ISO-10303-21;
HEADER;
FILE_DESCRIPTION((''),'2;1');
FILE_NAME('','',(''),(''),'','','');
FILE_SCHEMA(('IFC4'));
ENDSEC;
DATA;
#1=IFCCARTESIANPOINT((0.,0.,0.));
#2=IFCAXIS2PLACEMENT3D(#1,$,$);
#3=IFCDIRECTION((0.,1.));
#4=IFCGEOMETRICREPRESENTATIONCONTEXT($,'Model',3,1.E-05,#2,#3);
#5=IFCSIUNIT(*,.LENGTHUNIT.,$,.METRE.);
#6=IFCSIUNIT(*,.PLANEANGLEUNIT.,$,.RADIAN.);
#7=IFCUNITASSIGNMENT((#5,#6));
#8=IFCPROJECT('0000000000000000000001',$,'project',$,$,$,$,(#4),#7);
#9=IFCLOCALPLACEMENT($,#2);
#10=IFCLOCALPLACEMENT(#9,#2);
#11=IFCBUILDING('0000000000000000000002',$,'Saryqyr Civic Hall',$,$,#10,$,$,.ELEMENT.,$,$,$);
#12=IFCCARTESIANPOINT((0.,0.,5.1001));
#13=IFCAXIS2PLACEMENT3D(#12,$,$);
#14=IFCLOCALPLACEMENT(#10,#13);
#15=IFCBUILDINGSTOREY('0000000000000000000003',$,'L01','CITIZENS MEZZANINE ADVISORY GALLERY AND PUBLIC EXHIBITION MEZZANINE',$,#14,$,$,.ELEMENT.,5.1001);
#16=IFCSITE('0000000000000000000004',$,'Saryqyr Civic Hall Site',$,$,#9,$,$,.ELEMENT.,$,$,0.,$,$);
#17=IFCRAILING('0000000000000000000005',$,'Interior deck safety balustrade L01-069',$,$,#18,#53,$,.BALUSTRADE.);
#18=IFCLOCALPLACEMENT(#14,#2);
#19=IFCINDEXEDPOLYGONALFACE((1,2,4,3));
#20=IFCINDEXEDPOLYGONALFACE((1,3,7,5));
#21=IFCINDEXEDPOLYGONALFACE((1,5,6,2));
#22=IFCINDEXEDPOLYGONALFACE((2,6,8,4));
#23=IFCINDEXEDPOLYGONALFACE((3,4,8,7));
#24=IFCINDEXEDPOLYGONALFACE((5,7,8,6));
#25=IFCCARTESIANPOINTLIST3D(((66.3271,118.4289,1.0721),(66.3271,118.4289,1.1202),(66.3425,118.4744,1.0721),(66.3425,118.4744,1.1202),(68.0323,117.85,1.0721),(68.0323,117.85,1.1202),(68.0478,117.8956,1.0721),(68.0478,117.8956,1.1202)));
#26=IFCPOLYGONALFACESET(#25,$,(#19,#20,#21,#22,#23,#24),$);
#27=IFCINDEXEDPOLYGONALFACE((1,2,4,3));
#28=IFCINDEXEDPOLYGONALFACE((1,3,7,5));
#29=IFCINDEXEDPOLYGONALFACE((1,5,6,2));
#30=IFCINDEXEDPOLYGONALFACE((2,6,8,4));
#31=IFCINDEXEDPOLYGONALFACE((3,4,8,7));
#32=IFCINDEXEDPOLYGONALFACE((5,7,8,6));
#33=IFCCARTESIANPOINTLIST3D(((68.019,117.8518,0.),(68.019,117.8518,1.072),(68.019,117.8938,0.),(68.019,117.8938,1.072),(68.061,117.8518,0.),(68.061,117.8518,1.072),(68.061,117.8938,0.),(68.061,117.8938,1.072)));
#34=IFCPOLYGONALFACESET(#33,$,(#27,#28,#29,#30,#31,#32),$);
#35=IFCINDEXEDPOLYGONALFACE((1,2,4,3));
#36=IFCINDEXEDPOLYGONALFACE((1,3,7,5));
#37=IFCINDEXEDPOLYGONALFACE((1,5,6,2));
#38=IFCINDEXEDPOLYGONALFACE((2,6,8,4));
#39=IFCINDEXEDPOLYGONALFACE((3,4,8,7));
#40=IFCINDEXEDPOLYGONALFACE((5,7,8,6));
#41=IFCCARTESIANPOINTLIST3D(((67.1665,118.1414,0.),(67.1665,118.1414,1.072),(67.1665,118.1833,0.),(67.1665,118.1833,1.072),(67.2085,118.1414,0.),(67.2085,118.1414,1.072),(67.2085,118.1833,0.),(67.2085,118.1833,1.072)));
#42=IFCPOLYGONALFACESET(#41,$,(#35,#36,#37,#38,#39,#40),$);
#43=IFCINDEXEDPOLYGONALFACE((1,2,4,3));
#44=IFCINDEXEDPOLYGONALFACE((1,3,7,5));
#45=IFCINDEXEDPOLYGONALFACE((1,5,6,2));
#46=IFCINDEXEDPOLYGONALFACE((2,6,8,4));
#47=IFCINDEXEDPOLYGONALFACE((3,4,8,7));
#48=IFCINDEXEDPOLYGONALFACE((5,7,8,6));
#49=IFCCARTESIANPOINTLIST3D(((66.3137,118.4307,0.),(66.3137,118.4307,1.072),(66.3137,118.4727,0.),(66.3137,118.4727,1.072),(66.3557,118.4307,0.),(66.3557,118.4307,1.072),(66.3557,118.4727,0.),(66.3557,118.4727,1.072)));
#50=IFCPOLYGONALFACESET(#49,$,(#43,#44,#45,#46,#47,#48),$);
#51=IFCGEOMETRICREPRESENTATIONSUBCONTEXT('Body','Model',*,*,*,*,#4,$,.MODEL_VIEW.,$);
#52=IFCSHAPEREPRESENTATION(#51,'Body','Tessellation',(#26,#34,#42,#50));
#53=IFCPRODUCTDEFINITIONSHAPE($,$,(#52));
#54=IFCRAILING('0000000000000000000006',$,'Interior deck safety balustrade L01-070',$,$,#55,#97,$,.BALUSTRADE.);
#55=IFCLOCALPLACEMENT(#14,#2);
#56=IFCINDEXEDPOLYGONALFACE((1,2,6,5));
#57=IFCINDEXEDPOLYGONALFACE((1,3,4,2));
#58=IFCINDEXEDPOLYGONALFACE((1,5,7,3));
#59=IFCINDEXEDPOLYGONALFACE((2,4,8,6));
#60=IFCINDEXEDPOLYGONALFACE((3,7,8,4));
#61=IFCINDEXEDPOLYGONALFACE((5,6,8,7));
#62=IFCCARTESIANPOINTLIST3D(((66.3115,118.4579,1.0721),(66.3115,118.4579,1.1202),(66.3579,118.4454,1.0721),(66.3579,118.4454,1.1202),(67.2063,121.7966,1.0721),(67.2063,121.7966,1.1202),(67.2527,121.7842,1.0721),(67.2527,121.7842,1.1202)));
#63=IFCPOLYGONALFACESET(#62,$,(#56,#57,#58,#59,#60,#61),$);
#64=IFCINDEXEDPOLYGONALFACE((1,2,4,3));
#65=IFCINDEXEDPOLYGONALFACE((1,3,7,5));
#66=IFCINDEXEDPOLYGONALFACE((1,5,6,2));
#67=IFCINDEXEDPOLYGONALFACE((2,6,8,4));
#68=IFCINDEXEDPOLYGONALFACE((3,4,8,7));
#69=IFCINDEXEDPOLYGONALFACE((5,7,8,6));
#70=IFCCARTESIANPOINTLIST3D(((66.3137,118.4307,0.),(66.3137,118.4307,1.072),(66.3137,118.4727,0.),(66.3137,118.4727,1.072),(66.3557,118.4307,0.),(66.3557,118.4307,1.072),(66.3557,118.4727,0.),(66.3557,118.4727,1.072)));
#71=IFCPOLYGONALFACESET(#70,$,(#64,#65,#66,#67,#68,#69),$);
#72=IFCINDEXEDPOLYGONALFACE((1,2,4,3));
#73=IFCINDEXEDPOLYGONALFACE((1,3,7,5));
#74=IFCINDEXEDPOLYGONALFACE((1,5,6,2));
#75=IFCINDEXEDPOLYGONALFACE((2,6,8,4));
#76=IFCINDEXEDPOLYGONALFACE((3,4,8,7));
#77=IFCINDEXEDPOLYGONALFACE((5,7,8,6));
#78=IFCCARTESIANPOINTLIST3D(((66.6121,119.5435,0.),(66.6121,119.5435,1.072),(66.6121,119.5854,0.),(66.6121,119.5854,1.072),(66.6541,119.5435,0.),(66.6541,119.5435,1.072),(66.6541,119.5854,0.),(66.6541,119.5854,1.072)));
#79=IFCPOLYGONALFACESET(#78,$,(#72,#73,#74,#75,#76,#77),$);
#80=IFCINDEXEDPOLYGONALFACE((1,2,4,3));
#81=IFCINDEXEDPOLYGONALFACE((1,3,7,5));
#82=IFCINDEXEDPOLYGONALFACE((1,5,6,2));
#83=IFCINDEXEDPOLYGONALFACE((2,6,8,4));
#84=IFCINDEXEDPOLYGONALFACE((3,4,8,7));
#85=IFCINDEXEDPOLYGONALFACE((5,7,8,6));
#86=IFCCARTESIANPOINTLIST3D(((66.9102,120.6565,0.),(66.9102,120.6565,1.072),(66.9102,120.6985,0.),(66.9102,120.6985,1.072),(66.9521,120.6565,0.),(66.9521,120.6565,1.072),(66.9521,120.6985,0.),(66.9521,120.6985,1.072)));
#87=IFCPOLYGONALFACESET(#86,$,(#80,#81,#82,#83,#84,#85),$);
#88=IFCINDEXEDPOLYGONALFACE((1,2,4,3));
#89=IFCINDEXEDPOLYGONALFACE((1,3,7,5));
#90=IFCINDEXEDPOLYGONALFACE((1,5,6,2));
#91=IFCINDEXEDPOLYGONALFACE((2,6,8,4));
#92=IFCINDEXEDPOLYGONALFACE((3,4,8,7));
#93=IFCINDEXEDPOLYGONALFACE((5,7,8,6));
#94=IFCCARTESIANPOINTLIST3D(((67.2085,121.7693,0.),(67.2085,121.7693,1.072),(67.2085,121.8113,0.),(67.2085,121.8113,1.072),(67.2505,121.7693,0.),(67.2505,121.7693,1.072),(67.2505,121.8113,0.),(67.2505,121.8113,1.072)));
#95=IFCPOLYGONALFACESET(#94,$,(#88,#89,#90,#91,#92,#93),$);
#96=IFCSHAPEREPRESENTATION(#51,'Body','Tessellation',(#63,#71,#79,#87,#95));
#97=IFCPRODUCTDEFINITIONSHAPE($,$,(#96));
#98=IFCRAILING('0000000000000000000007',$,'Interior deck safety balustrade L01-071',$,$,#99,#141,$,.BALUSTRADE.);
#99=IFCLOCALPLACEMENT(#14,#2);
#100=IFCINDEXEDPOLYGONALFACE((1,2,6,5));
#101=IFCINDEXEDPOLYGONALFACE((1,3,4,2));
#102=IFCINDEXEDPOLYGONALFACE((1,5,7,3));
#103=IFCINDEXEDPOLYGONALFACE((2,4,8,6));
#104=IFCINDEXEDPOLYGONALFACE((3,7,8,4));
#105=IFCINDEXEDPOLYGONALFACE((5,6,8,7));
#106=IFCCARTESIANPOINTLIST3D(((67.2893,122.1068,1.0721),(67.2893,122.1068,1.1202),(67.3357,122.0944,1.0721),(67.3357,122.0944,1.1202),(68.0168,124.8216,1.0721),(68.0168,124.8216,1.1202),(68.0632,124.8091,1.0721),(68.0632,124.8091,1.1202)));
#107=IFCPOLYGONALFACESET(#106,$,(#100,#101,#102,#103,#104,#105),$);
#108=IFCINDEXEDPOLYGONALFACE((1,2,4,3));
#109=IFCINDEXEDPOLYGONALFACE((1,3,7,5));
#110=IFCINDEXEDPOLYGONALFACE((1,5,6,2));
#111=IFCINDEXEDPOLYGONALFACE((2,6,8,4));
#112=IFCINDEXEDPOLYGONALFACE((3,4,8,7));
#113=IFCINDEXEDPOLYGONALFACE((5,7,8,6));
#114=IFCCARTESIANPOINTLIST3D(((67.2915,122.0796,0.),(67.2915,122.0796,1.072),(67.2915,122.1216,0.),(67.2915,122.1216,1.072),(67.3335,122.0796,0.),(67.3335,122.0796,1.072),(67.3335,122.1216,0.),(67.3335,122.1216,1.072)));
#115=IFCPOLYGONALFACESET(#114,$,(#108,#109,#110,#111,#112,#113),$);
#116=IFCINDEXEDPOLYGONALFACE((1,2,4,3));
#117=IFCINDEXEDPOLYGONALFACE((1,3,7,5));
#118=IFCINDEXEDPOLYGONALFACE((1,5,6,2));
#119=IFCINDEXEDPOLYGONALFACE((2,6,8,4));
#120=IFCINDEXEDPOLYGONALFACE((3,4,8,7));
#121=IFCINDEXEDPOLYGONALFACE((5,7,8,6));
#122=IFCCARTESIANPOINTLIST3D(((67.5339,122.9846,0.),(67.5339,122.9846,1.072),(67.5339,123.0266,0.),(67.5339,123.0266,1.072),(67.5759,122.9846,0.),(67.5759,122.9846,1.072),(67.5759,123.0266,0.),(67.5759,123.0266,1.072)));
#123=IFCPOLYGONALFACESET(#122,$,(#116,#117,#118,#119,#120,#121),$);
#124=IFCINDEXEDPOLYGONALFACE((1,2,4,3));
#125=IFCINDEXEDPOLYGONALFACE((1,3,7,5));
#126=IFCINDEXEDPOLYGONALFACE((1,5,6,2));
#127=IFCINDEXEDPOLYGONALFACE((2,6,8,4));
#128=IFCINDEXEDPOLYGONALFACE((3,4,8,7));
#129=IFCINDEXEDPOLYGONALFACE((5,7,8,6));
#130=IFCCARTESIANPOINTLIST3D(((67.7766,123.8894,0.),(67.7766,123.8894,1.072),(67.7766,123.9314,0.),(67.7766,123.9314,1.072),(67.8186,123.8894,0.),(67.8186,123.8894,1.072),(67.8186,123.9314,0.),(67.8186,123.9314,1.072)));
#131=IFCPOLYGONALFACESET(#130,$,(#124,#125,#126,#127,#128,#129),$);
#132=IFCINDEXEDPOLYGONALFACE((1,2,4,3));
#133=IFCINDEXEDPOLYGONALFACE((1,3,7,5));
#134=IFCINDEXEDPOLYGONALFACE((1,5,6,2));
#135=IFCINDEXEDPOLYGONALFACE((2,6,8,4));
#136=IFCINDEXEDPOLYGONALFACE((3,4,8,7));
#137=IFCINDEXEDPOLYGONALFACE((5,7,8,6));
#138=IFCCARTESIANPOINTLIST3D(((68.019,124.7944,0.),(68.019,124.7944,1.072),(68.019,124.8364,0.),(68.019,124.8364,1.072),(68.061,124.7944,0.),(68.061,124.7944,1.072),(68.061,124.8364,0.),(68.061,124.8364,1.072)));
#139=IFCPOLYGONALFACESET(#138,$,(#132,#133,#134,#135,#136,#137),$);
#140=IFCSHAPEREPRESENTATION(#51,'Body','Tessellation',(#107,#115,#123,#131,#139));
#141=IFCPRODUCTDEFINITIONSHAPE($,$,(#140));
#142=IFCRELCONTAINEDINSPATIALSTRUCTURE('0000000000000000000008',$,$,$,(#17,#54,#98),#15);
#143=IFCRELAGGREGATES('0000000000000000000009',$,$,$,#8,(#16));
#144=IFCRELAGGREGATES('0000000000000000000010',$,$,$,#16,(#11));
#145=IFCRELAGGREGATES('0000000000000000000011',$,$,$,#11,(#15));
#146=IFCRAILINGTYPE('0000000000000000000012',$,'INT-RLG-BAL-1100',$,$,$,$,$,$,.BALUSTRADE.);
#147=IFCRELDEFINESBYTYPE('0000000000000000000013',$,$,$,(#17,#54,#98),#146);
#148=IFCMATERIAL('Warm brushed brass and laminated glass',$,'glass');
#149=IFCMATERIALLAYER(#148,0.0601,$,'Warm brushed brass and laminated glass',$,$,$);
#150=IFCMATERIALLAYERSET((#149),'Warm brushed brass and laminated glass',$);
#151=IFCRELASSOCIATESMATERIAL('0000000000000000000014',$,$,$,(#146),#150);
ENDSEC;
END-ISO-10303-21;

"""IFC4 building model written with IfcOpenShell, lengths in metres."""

from ifc_helpers import new_model, si_unit, direction, frame, origin, origin_2d, place, context, subcontext, project, spatial, rectangle, extrude, material, layer, layer_set, type_object, element, save


model = new_model("IFC4")

# Units and contexts
model_context = context("Model", 3, precision=1e-05, world=origin(), true_north=direction((0.0, 1.0)))
body_context = subcontext(model_context, "Body", "Model", "MODEL_VIEW")
ifc_project = project(units=[si_unit("LENGTHUNIT", "METRE"), si_unit("PLANEANGLEUNIT", "RADIAN")], contexts=[model_context])

# Site, building, storey
site_placement = place(None, origin())
site = spatial("IfcSite", under=ifc_project, at=site_placement, Name="Saryqyr Civic Hall Site", CompositionType="ELEMENT", RefElevation=0.0)
building_placement = place(site_placement, origin())
building = spatial("IfcBuilding", under=site, at=building_placement, Name="Saryqyr Civic Hall", CompositionType="ELEMENT")
storey_placement = place(building_placement, frame((0.0, 0.0, 5.1001)))
storey = spatial("IfcBuildingStorey", under=building, at=storey_placement, Name="L01", Description="CITIZENS MEZZANINE ADVISORY GALLERY AND PUBLIC EXHIBITION MEZZANINE", CompositionType="ELEMENT", Elevation=5.1001)

# Railings
ifc_material_1 = material(Name="Warm brushed brass and laminated glass", Category="glass")
ifc_layer_1 = layer(ifc_material_1, 0.0601, Name="Warm brushed brass and laminated glass")
ifc_layer_set_1 = layer_set([ifc_layer_1], Name="Warm brushed brass and laminated glass")
railing_type = type_object("IfcRailingType", Name="INT-RLG-BAL-1100", PredefinedType="BALUSTRADE", material=ifc_layer_set_1)
railing_1_placement = place(storey_placement, frame((68.04, 117.8728, 0.0)))
element("IfcRailing", 1, at=railing_1_placement, inside=storey, type_object=railing_type, Name="Interior deck safety balustrade L01-069", PredefinedType="BALUSTRADE", context=body_context, shape_type="SweptSolid", body=[
    extrude(rectangle(XDim=0.0481, YDim=0.0481, at=origin_2d()), frame((0.0, 0.0, 1.0962), z_axis=(-0.946934, 0.321429, 0.0), x_axis=(-0.321429, -0.946934, 0.0)), (0.0, 0.0, 1.0), 1.8008),
    extrude(rectangle(XDim=0.042, YDim=0.042, at=origin_2d()), origin(), (0.0, 0.0, 1.0), 1.072),
    extrude(rectangle(XDim=0.042, YDim=0.042, at=origin_2d()), frame((-0.8525, 0.2896, 0.0)), (0.0, 0.0, 1.0), 1.072),
    extrude(rectangle(XDim=0.042, YDim=0.042, at=origin_2d()), frame((-1.7053, 0.5789, 0.0)), (0.0, 0.0, 1.0), 1.072),
])
railing_2_placement = place(storey_placement, frame((66.3347, 118.4517, 0.0)))
element("IfcRailing", 2, at=railing_2_placement, inside=storey, type_object=railing_type, Name="Interior deck safety balustrade L01-070", PredefinedType="BALUSTRADE", context=body_context, shape_type="SweptSolid", body=[
    extrude(rectangle(XDim=0.0481, YDim=0.0481, at=origin_2d()), frame((0.0, 0.0, 1.0962), z_axis=(0.258871, 0.965912, 0.0), x_axis=(-0.965912, 0.258871, 0.0)), (0.0, 0.0, 1.0), 3.4565),
    extrude(rectangle(XDim=0.042, YDim=0.042, at=origin_2d()), origin(), (0.0, 0.0, 1.0), 1.072),
    extrude(rectangle(XDim=0.042, YDim=0.042, at=origin_2d()), frame((0.2983, 1.1128, 0.0)), (0.0, 0.0, 1.0), 1.072),
    extrude(rectangle(XDim=0.042, YDim=0.042, at=origin_2d()), frame((0.5964, 2.2258, 0.0)), (0.0, 0.0, 1.0), 1.072),
    extrude(rectangle(XDim=0.042, YDim=0.042, at=origin_2d()), frame((0.8948, 3.3386, 0.0)), (0.0, 0.0, 1.0), 1.072),
])
railing_3_placement = place(storey_placement, frame((67.3125, 122.1006, 0.0)))
element("IfcRailing", 3, at=railing_3_placement, inside=storey, type_object=railing_type, Name="Interior deck safety balustrade L01-071", PredefinedType="BALUSTRADE", context=body_context, shape_type="SweptSolid", body=[
    extrude(rectangle(XDim=0.0481, YDim=0.0481, at=origin_2d()), frame((0.0, 0.0, 1.0962), z_axis=(0.258852, 0.965917, 0.0), x_axis=(-0.965917, 0.258852, 0.0)), (0.0, 0.0, 1.0), 2.8105),
    extrude(rectangle(XDim=0.042, YDim=0.042, at=origin_2d()), origin(), (0.0, 0.0, 1.0), 1.072),
    extrude(rectangle(XDim=0.042, YDim=0.042, at=origin_2d()), frame((0.2424, 0.905, 0.0)), (0.0, 0.0, 1.0), 1.072),
    extrude(rectangle(XDim=0.042, YDim=0.042, at=origin_2d()), frame((0.4851, 1.8098, 0.0)), (0.0, 0.0, 1.0), 1.072),
    extrude(rectangle(XDim=0.042, YDim=0.042, at=origin_2d()), frame((0.7275, 2.7148, 0.0)), (0.0, 0.0, 1.0), 1.072),
])

save(model, "model.ifc")
